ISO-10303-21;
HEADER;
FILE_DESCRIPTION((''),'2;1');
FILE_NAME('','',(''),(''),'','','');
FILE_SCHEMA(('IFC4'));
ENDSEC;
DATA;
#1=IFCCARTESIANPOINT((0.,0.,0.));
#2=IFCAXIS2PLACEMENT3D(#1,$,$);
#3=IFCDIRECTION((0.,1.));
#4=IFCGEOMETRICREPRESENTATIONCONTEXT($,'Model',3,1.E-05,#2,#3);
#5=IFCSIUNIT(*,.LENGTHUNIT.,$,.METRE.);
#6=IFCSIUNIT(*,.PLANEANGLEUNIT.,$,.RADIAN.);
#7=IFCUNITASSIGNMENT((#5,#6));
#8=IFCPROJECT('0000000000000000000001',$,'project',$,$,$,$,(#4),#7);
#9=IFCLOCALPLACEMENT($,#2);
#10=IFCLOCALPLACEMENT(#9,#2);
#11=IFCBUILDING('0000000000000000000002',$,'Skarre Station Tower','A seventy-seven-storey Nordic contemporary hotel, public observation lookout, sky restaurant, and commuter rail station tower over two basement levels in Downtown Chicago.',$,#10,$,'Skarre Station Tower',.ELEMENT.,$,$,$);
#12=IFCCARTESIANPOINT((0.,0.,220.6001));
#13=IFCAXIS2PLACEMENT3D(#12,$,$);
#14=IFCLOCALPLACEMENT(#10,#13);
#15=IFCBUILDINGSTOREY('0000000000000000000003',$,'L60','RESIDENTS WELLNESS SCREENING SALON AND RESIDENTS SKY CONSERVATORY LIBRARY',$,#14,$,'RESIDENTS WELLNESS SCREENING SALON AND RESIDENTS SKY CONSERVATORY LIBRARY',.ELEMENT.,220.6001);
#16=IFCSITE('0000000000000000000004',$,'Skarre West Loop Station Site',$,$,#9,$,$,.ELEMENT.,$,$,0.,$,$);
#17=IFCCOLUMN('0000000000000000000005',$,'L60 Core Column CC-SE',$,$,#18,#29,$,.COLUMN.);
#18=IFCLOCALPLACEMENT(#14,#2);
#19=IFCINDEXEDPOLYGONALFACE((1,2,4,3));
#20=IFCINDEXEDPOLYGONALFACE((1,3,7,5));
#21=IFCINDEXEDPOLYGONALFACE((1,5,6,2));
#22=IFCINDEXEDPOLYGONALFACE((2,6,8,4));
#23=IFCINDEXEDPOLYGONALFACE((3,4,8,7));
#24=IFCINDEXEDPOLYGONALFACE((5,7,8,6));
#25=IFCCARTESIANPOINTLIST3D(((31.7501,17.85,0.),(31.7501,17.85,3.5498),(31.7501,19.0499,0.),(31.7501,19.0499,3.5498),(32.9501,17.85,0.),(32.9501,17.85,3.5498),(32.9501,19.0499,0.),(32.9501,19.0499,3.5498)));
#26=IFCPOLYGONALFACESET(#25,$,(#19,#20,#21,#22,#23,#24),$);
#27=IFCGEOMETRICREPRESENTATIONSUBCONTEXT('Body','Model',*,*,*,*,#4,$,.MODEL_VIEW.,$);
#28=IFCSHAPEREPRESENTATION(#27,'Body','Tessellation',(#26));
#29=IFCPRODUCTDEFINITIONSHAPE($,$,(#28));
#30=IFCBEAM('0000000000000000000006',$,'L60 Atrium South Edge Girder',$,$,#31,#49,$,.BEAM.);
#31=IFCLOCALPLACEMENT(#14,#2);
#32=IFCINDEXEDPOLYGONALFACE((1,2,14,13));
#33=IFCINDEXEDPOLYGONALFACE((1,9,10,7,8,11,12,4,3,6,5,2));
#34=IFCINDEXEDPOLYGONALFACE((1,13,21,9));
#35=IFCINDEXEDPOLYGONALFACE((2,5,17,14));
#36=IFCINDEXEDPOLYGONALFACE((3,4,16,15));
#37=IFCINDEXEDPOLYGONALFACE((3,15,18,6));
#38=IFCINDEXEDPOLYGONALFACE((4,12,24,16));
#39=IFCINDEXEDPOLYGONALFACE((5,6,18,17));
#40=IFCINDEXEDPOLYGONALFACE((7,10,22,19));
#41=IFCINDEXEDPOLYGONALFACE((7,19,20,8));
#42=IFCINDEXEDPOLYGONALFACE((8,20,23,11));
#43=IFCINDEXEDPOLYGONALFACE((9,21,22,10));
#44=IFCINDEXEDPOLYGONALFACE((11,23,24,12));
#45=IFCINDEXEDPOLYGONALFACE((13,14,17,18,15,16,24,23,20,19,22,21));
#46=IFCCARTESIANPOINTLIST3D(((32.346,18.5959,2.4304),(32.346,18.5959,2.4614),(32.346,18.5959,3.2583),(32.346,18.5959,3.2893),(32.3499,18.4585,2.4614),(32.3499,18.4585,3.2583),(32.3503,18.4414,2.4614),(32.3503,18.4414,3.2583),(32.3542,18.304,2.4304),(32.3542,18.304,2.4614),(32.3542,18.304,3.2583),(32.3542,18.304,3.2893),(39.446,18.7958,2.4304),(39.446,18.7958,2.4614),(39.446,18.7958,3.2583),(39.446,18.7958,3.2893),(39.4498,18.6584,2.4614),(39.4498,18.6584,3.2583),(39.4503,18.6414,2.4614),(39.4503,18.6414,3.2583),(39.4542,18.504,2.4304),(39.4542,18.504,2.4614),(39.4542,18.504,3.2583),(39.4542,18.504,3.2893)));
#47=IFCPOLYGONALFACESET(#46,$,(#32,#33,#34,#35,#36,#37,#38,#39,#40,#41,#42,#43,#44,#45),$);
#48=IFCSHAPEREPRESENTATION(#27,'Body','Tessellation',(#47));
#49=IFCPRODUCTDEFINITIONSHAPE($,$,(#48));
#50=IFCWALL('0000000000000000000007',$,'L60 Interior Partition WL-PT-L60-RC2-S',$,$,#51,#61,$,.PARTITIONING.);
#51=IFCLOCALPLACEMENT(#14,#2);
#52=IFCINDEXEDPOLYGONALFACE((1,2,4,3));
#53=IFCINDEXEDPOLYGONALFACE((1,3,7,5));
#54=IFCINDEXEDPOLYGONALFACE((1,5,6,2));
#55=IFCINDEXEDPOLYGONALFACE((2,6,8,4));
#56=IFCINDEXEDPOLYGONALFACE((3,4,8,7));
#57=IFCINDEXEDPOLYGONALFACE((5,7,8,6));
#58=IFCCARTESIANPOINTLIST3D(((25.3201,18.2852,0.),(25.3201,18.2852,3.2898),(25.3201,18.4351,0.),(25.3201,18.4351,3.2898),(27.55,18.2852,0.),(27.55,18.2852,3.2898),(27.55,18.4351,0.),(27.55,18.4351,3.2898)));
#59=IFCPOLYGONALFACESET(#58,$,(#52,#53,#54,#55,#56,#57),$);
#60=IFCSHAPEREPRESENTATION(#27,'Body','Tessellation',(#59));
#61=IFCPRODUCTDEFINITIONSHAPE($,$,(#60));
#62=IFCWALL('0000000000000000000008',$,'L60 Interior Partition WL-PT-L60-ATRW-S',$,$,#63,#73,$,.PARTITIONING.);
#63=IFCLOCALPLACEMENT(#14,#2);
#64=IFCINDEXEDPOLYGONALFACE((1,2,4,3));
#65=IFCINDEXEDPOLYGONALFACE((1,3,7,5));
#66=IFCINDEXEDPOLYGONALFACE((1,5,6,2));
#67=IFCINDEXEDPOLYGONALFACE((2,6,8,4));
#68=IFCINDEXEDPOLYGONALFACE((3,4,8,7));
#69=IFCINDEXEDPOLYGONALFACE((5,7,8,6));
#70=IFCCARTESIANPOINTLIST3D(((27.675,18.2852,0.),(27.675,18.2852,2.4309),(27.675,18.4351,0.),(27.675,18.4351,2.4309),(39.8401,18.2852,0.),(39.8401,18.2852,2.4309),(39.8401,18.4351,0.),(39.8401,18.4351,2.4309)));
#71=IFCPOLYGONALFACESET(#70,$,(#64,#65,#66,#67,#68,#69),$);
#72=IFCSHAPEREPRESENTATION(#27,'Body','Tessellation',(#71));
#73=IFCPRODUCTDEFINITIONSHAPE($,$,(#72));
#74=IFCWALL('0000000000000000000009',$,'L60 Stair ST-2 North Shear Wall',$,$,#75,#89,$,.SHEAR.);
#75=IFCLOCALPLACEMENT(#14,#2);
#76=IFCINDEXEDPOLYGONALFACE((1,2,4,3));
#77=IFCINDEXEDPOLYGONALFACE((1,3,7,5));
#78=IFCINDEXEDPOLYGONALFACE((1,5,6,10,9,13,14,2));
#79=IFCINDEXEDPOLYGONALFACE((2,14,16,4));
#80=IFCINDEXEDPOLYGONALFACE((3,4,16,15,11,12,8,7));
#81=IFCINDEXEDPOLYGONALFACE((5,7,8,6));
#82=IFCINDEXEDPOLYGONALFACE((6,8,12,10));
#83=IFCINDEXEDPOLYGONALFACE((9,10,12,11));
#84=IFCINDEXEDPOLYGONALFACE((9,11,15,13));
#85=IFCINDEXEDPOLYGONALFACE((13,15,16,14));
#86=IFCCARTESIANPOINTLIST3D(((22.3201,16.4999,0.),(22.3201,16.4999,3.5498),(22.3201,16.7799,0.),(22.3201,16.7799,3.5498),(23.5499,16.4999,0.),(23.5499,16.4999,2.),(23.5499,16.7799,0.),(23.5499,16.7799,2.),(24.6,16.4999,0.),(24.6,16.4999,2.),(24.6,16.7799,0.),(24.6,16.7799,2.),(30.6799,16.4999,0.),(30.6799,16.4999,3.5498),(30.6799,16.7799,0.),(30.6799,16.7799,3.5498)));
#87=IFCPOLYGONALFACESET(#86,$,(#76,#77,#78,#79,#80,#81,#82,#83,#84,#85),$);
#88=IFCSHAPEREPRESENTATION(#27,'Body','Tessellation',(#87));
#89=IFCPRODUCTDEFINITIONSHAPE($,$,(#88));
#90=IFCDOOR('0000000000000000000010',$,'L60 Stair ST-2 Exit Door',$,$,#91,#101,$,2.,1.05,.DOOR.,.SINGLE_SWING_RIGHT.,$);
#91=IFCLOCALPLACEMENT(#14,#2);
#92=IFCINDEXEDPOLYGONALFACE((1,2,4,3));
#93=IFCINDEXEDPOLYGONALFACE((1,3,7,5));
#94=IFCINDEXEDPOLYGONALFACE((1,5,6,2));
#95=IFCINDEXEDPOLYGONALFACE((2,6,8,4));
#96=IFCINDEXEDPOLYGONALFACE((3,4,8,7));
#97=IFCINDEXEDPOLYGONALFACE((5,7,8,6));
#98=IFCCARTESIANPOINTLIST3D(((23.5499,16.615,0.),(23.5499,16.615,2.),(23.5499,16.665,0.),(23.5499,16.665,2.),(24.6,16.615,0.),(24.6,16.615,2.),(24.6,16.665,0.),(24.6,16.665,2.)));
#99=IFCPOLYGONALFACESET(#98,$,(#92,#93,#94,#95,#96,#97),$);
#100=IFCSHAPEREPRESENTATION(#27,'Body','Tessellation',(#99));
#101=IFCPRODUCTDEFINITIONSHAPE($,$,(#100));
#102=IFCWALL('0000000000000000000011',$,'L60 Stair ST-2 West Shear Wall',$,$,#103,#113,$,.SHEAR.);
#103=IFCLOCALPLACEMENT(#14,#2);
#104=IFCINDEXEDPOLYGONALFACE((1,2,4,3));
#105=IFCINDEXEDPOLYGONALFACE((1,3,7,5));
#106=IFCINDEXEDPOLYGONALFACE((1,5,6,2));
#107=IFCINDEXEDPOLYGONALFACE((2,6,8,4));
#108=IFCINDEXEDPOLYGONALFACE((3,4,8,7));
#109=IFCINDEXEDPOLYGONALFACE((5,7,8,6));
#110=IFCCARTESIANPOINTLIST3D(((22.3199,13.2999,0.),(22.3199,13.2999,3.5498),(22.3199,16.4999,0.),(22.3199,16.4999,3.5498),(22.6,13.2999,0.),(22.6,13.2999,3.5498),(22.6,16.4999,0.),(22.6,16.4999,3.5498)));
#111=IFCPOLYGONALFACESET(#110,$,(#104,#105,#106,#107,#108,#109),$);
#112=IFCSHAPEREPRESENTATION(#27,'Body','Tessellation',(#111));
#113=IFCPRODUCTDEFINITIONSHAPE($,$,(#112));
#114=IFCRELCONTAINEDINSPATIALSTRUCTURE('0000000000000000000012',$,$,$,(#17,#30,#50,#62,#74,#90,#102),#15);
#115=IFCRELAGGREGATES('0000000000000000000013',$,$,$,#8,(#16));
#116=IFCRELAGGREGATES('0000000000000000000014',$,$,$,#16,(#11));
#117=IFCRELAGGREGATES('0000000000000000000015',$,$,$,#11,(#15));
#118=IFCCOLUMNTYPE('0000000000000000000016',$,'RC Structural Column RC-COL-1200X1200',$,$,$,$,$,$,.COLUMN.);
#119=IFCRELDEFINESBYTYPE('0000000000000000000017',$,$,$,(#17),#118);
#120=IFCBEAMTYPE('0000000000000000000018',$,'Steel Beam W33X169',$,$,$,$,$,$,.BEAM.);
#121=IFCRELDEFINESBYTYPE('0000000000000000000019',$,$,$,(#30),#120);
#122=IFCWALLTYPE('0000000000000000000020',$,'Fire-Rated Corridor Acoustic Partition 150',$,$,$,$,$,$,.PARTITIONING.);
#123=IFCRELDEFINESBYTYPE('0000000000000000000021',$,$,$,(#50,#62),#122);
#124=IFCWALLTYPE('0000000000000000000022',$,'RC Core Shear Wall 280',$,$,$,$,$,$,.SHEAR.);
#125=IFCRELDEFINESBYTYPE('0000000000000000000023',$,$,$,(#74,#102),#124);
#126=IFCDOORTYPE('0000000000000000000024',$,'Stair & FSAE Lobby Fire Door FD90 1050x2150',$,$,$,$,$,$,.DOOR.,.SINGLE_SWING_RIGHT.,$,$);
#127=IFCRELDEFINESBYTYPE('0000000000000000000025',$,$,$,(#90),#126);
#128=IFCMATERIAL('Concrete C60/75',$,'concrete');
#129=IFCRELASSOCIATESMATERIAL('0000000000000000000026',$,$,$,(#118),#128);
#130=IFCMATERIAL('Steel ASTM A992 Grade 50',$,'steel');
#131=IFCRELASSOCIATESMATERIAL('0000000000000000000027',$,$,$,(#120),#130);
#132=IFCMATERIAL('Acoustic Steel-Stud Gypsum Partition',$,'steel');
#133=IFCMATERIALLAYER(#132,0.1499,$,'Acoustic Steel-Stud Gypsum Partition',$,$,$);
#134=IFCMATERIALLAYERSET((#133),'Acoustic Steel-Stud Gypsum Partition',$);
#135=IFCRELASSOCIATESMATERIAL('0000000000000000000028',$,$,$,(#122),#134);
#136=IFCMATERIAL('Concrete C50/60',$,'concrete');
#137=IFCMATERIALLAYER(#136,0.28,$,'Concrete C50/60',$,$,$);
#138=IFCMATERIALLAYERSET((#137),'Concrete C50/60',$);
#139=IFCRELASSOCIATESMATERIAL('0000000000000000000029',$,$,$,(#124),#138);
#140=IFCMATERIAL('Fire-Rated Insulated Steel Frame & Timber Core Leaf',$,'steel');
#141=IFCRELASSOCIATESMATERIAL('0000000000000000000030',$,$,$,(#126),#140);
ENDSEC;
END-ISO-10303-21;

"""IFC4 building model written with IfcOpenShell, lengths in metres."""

from ifc_helpers import new_model, si_unit, direction, frame, frame_2d, origin, origin_2d, place, context, subcontext, project, spatial, rectangle, i_section, extrude, material, layer, layer_set, material_profile, profile_set, type_object, element, fill, save


model = new_model("IFC4")

# Units and contexts
model_context = context("Model", 3, precision=1e-05, world=origin(), true_north=direction((0.0, 1.0)))
body_context = subcontext(model_context, "Body", "Model", "MODEL_VIEW")
ifc_project = project(units=[si_unit("LENGTHUNIT", "METRE"), si_unit("PLANEANGLEUNIT", "RADIAN")], contexts=[model_context])

# Site, building, storey
site_placement = place(None, origin())
site = spatial("IfcSite", under=ifc_project, at=site_placement, Name="Skarre West Loop Station Site", CompositionType="ELEMENT", RefElevation=0.0)
building_placement = place(site_placement, origin())
building = spatial("IfcBuilding", under=site, at=building_placement, Name="Skarre Station Tower", Description="A seventy-seven-storey Nordic contemporary hotel, public observation lookout, sky restaurant, and commuter rail station tower over two basement levels in Downtown Chicago.", LongName="Skarre Station Tower", CompositionType="ELEMENT")
storey_placement = place(building_placement, frame((0.0, 0.0, 220.6001)))
storey = spatial("IfcBuildingStorey", under=building, at=storey_placement, Name="L60", Description="RESIDENTS WELLNESS SCREENING SALON AND RESIDENTS SKY CONSERVATORY LIBRARY", LongName="RESIDENTS WELLNESS SCREENING SALON AND RESIDENTS SKY CONSERVATORY LIBRARY", CompositionType="ELEMENT", Elevation=220.6001)

# Column
ifc_material_1 = material(Name="Concrete C60/75", Category="concrete")
ifc_material_profile_1 = material_profile(ifc_material_1, rectangle(XDim=1.2, YDim=1.2, at=origin_2d()), Name="Concrete C60/75")
ifc_profile_set_1 = profile_set([ifc_material_profile_1], Name="Concrete C60/75")
column_type = type_object("IfcColumnType", Name="RC Structural Column RC-COL-1200X1200", PredefinedType="COLUMN", material=ifc_profile_set_1)
column_placement = place(storey_placement, frame((32.3501, 18.45, 0.0), z_axis=(0.0, 0.0, 1.0), x_axis=(1.0, 0.0, 0.0)))
element("IfcColumn", 1, at=column_placement, inside=storey, type_object=column_type, Name="L60 Core Column CC-SE", PredefinedType="COLUMN", context=body_context, shape_type="SweptSolid", body=[
    extrude(rectangle(XDim=1.2, YDim=1.2, at=origin_2d()), origin(), (0.0, 0.0, 1.0), 3.5498),
])

# Beam
ifc_material_2 = material(Name="Steel ASTM A992 Grade 50", Category="steel")
ifc_material_profile_2 = material_profile(ifc_material_2, i_section(OverallWidth=0.292, OverallDepth=0.8589, WebThickness=0.0171, FlangeThickness=0.031, at=origin_2d()), Name="Steel ASTM A992 Grade 50")
ifc_profile_set_2 = profile_set([ifc_material_profile_2], Name="Steel ASTM A992 Grade 50")
beam_type = type_object("IfcBeamType", Name="Steel Beam W33X169", PredefinedType="BEAM", material=ifc_profile_set_2)
beam_placement = place(storey_placement, frame((32.3501, 18.45, 2.8599), z_axis=(0.999604, 0.028152, 0.0), x_axis=(-0.028152, 0.999604, 0.0)))
element("IfcBeam", 2, at=beam_placement, inside=storey, type_object=beam_type, Name="L60 Atrium South Edge Girder", PredefinedType="BEAM", context=body_context, shape_type="SweptSolid", body=[
    extrude(i_section(OverallWidth=0.292, OverallDepth=0.8589, WebThickness=0.0171, FlangeThickness=0.031, at=origin_2d()), origin(), (0.0, 0.0, 1.0), 7.1028),
])

# Walls
ifc_material_3 = material(Name="Acoustic Steel-Stud Gypsum Partition", Category="steel")
ifc_layer_1 = layer(ifc_material_3, 0.1499, Name="Acoustic Steel-Stud Gypsum Partition")
ifc_layer_set_1 = layer_set([ifc_layer_1], Name="Acoustic Steel-Stud Gypsum Partition")
wall_type_1 = type_object("IfcWallType", Name="Fire-Rated Corridor Acoustic Partition 150", PredefinedType="PARTITIONING", material=ifc_layer_set_1)
wall_1_placement = place(storey_placement, frame((25.3201, 18.3601, 0.0), z_axis=(0.0, 0.0, 1.0), x_axis=(1.0, 0.0, 0.0)))
element("IfcWall", 3, at=wall_1_placement, inside=storey, type_object=wall_type_1, Name="L60 Interior Partition WL-PT-L60-RC2-S", PredefinedType="PARTITIONING", context=body_context, shape_type="SweptSolid", body=[
    extrude(rectangle(XDim=2.23, YDim=0.1499, at=frame_2d((1.115, 0.0))), origin(), (0.0, 0.0, 1.0), 3.2898),
])
wall_2_placement = place(storey_placement, frame((27.675, 18.3601, 0.0), z_axis=(0.0, 0.0, 1.0), x_axis=(1.0, 0.0, 0.0)))
element("IfcWall", 4, at=wall_2_placement, inside=storey, type_object=wall_type_1, Name="L60 Interior Partition WL-PT-L60-ATRW-S", PredefinedType="PARTITIONING", context=body_context, shape_type="SweptSolid", body=[
    extrude(rectangle(XDim=12.165, YDim=0.1499, at=frame_2d((6.0825, 0.0))), origin(), (0.0, 0.0, 1.0), 2.4309),
])

# Wall, opening, door
ifc_material_4 = material(Name="Concrete C50/60", Category="concrete")
ifc_layer_2 = layer(ifc_material_4, 0.28, Name="Concrete C50/60")
ifc_layer_set_2 = layer_set([ifc_layer_2], Name="Concrete C50/60")
wall_type_2 = type_object("IfcWallType", Name="RC Core Shear Wall 280", PredefinedType="SHEAR", material=ifc_layer_set_2)
wall_3_placement = place(storey_placement, frame((30.6799, 16.6399, 0.0), z_axis=(0.0, 0.0, 1.0), x_axis=(-1.0, 0.0, 0.0)))
wall_3 = element("IfcWall", 5, at=wall_3_placement, inside=storey, type_object=wall_type_2, Name="L60 Stair ST-2 North Shear Wall", PredefinedType="SHEAR", context=body_context, shape_type="SweptSolid", body=[
    extrude(rectangle(XDim=8.3599, YDim=0.28, at=frame_2d((4.1799, 0.0))), origin(), (0.0, 0.0, 1.0), 3.5498),
])
opening_1_placement = place(wall_3_placement, frame((6.0801, 0.0, 0.0)))
opening_1 = element("IfcOpeningElement", 6, at=opening_1_placement, cuts=wall_3, PredefinedType="OPENING", context=body_context, shape_type="SweptSolid", body=[
    extrude(rectangle(XDim=1.05, YDim=2.0, at=frame_2d((0.5249, 1.0))), frame((0.0, 0.1499, 0.0), z_axis=(0.0, -1.0, 0.0), x_axis=(1.0, 0.0, 0.0)), (0.0, 0.0, 1.0), 0.3),
])
ifc_material_5 = material(Name="Fire-Rated Insulated Steel Frame & Timber Core Leaf", Category="steel")
door_type_1 = type_object("IfcDoorType", Name="Stair & FSAE Lobby Fire Door FD90 1050x2150", OperationType="SINGLE_SWING_RIGHT", PredefinedType="DOOR", material=ifc_material_5)
door_1_placement = place(opening_1_placement, origin())
door_1 = element("IfcDoor", 7, at=door_1_placement, inside=storey, type_object=door_type_1, Name="L60 Stair ST-2 Exit Door", OperationType="SINGLE_SWING_RIGHT", OverallHeight=2.0, OverallWidth=1.05, PredefinedType="DOOR", context=body_context, shape_type="SweptSolid", body=[
    extrude(rectangle(XDim=1.05, YDim=2.0, at=frame_2d((0.5249, 1.0))), frame((0.0, 0.0249, 0.0), z_axis=(0.0, -1.0, 0.0), x_axis=(1.0, 0.0, 0.0)), (0.0, 0.0, 1.0), 0.05),
])
fill(opening_1, door_1)

# Wall
wall_4_placement = place(storey_placement, frame((22.46, 16.5, 0.0), z_axis=(0.0, 0.0, 1.0), x_axis=(0.0, -1.0, 0.0)))
element("IfcWall", 8, at=wall_4_placement, inside=storey, type_object=wall_type_2, Name="L60 Stair ST-2 West Shear Wall", PredefinedType="SHEAR", context=body_context, shape_type="SweptSolid", body=[
    extrude(rectangle(XDim=3.2, YDim=0.28, at=frame_2d((1.6001, 0.0))), origin(), (0.0, 0.0, 1.0), 3.5498),
])

save(model, "model.ifc")
